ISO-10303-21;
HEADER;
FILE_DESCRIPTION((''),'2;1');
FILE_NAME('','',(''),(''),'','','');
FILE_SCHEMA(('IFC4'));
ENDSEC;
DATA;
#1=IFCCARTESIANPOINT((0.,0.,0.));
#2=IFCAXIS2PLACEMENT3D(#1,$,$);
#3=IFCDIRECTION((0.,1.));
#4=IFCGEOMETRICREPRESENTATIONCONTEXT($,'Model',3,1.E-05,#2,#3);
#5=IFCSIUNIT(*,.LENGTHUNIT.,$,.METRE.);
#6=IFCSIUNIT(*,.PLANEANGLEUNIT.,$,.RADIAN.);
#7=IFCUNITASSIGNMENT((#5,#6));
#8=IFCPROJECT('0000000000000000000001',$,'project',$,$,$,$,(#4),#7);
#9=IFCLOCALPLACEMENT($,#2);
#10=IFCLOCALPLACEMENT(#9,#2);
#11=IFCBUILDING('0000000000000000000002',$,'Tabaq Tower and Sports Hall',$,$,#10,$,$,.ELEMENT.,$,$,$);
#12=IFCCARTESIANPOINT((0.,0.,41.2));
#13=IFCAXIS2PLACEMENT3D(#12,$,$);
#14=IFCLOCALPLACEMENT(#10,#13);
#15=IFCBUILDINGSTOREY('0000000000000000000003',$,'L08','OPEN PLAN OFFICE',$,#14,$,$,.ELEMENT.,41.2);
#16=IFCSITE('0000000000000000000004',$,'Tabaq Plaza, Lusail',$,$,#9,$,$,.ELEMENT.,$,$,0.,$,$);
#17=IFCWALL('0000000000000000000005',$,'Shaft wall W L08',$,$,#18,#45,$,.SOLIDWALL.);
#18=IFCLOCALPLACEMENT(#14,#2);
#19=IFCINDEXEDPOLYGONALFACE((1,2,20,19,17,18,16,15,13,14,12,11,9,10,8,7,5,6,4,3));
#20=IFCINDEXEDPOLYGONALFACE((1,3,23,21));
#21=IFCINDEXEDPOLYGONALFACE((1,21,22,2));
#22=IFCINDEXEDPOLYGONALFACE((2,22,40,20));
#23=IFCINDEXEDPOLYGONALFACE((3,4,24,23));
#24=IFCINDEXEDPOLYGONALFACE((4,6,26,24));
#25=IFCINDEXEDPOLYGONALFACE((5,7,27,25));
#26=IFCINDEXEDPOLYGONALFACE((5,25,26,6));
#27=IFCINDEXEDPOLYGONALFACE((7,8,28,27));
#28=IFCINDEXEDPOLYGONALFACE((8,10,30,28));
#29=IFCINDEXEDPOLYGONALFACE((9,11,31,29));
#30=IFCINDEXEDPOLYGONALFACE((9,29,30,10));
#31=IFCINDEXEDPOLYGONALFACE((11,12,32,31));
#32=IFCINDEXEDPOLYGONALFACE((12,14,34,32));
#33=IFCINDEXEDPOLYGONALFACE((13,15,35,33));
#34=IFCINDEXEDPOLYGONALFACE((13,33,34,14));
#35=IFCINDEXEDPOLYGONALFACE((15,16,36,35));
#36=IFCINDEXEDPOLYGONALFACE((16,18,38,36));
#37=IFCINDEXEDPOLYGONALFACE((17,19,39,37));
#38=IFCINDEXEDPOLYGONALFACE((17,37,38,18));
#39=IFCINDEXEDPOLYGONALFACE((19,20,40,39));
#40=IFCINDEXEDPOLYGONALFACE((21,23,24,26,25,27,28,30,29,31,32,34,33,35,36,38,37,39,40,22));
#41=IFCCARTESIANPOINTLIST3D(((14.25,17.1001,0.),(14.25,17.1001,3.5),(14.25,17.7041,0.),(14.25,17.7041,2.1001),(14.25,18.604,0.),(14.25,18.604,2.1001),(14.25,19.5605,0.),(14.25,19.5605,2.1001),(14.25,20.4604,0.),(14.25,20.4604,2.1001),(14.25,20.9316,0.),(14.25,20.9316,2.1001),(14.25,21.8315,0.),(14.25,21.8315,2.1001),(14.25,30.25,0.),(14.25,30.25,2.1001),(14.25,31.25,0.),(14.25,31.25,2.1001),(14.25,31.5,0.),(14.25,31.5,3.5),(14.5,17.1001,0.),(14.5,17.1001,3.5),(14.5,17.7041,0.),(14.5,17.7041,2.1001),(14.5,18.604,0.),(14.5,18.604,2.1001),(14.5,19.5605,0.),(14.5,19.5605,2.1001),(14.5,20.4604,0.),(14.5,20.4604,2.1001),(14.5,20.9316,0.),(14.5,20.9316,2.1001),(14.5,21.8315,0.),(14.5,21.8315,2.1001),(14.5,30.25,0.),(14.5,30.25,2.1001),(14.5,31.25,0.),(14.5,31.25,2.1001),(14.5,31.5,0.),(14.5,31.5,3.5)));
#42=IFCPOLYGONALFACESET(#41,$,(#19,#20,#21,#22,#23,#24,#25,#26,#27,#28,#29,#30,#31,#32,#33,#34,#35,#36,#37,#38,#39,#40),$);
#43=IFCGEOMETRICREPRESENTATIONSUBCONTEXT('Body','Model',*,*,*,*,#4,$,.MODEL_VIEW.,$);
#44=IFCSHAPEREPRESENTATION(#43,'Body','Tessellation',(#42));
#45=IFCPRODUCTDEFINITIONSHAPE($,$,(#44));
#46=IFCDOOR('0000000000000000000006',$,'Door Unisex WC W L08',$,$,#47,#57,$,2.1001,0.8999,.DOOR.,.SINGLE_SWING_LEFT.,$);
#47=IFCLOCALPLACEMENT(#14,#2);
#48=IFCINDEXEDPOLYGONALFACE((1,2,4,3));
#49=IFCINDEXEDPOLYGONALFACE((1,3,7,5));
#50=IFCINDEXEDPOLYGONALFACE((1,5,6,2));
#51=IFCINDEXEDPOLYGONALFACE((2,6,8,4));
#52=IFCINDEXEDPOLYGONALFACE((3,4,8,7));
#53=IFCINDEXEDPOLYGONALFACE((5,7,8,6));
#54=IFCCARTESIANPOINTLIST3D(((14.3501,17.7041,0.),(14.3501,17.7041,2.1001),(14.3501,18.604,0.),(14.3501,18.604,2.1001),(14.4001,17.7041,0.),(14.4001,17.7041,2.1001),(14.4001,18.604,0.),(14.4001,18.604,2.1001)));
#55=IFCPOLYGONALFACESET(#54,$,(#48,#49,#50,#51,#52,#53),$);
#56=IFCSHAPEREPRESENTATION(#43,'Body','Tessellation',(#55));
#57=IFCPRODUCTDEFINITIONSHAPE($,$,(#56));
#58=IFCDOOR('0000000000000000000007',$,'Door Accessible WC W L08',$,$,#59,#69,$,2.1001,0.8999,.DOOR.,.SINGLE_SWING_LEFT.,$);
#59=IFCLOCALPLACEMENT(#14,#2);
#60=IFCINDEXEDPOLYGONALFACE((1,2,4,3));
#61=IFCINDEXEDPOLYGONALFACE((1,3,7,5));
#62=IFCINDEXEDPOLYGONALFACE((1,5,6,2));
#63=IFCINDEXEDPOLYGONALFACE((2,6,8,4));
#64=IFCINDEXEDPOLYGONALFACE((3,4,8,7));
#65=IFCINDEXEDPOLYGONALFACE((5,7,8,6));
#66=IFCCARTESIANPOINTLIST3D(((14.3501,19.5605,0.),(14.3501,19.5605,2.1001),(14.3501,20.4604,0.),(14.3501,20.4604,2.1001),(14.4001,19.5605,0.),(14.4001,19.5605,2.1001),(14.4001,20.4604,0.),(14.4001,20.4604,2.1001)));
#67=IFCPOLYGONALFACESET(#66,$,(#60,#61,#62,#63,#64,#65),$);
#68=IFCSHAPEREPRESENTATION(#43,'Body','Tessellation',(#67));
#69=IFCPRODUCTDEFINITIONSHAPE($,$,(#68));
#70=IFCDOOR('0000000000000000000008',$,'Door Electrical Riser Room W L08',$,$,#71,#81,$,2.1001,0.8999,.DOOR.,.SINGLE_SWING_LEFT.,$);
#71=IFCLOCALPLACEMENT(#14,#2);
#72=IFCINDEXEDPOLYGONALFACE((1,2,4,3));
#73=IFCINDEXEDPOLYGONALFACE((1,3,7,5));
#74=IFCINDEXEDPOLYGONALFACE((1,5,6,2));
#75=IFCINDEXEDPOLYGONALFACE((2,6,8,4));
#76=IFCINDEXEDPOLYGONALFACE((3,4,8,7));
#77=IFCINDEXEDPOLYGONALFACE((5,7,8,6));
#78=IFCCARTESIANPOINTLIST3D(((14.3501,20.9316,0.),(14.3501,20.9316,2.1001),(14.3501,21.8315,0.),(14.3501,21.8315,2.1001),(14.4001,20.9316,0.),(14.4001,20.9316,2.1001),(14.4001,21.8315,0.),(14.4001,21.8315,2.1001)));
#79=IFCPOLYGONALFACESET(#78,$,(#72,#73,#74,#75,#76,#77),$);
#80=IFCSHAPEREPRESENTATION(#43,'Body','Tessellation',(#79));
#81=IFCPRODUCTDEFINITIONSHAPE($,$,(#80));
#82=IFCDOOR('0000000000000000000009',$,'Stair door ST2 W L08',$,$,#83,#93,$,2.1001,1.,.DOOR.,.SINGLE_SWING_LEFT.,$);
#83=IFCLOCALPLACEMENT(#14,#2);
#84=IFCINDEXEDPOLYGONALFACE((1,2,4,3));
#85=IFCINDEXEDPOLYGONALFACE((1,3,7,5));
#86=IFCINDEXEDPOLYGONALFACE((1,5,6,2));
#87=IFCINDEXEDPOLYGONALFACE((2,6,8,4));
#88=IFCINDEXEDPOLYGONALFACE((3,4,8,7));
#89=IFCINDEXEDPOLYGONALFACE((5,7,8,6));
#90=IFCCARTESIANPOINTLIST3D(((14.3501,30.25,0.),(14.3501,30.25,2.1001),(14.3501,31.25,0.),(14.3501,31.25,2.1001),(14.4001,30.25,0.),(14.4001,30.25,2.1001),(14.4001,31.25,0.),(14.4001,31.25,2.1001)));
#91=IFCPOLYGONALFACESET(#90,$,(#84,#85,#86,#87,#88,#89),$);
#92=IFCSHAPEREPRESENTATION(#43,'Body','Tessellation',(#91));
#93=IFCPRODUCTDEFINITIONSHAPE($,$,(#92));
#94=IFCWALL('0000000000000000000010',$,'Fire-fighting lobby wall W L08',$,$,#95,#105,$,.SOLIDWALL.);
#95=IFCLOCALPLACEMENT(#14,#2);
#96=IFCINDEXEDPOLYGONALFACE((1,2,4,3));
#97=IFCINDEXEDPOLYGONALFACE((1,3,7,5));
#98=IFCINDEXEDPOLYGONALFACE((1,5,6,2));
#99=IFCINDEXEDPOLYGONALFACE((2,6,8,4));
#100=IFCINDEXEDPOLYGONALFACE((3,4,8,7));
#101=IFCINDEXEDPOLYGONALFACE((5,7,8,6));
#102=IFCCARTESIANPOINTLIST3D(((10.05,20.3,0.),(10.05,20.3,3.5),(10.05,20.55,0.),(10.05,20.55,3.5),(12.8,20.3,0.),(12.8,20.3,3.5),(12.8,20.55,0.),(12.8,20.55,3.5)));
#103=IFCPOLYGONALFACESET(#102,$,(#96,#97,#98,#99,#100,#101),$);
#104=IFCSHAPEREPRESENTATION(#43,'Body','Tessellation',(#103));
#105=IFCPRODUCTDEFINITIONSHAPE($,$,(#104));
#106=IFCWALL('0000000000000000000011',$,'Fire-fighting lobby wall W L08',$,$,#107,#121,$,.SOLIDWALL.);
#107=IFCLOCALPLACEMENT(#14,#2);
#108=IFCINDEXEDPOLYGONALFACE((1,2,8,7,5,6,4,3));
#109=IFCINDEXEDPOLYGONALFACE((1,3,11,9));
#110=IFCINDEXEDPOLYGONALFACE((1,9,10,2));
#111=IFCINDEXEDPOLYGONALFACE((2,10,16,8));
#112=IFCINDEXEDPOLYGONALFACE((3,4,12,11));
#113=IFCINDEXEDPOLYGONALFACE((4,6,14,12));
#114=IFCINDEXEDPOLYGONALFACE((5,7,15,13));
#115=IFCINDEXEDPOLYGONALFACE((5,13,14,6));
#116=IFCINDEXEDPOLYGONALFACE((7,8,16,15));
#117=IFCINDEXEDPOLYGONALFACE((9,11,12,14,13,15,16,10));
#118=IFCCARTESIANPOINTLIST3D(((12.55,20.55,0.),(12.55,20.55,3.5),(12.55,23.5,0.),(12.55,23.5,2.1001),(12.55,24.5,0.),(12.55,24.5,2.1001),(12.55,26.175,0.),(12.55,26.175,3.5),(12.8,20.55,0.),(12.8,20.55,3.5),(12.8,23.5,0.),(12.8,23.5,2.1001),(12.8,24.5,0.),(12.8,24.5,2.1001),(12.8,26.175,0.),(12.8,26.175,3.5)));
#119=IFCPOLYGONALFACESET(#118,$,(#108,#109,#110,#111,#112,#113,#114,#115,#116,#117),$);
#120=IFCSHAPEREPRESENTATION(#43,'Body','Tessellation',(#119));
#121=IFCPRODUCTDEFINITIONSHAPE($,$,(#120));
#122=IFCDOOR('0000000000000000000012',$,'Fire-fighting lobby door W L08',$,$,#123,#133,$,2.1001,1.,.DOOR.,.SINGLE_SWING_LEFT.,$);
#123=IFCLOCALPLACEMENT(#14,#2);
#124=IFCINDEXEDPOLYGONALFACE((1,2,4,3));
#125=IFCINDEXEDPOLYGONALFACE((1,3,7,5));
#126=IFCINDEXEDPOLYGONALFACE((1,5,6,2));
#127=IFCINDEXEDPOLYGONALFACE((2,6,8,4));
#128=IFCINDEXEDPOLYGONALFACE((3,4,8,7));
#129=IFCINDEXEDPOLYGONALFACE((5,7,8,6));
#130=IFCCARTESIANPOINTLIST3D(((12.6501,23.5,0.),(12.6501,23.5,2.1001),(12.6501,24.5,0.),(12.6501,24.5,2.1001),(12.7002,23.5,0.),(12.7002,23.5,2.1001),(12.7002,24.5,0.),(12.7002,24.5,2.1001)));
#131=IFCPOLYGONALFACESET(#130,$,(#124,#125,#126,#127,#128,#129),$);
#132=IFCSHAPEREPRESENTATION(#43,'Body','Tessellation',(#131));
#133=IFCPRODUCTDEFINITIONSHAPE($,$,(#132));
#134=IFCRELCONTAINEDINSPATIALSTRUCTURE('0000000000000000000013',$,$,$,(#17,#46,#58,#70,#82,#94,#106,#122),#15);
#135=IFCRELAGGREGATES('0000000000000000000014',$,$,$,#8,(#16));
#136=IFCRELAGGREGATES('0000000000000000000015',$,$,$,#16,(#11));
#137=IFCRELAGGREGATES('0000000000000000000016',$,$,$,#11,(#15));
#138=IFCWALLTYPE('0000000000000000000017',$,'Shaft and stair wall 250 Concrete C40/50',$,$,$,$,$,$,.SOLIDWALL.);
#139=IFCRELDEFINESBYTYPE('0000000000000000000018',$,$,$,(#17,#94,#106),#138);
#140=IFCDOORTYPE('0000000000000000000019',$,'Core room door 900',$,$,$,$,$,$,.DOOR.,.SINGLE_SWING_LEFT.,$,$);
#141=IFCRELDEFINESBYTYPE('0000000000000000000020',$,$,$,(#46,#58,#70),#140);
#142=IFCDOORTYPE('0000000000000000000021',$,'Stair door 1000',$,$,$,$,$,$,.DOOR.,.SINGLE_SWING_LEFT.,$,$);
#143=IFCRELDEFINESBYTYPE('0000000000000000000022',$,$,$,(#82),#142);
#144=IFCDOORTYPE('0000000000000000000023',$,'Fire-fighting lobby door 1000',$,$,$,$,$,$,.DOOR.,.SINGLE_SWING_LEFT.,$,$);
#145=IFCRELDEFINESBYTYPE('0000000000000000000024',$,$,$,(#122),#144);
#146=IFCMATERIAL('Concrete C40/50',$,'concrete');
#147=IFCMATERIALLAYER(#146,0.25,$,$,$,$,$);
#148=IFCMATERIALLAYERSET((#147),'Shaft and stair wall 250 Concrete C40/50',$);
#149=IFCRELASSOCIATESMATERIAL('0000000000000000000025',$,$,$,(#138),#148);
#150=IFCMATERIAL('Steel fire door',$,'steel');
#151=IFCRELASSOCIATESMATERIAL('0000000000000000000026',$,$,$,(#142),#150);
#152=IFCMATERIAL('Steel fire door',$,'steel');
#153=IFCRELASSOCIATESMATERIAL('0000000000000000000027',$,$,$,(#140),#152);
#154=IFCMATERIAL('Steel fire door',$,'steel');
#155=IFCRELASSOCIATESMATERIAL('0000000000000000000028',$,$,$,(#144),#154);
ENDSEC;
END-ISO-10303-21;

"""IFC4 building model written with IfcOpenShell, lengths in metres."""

from ifc_helpers import new_model, si_unit, direction, frame, frame_2d, origin, place, context, subcontext, project, spatial, rectangle, extrude, material, layer, layer_set, type_object, element, fill, save


model = new_model("IFC4")

# Units and contexts
model_context = context("Model", 3, precision=1e-05, world=origin(), true_north=direction((0.0, 1.0)))
body_context = subcontext(model_context, "Body", "Model", "MODEL_VIEW")
ifc_project = project(units=[si_unit("LENGTHUNIT", "METRE"), si_unit("PLANEANGLEUNIT", "RADIAN")], contexts=[model_context])

# Site, building, storey
site_placement = place(None, origin())
site = spatial("IfcSite", under=ifc_project, at=site_placement, Name="Tabaq Plaza, Lusail", CompositionType="ELEMENT", RefElevation=0.0)
building_placement = place(site_placement, origin())
building = spatial("IfcBuilding", under=site, at=building_placement, Name="Tabaq Tower and Sports Hall", CompositionType="ELEMENT")
storey_placement = place(building_placement, frame((0.0, 0.0, 41.2)))
storey = spatial("IfcBuildingStorey", under=building, at=storey_placement, Name="L08", Description="OPEN PLAN OFFICE", CompositionType="ELEMENT", Elevation=41.2)

# Wall, openings, doors
ifc_material_1 = material(Name="Concrete C40/50", Category="concrete")
ifc_layer_1 = layer(ifc_material_1, 0.25)
ifc_layer_set_1 = layer_set([ifc_layer_1], Name="Shaft and stair wall 250 Concrete C40/50")
wall_type_1 = type_object("IfcWallType", Name="Shaft and stair wall 250 Concrete C40/50", PredefinedType="SOLIDWALL", material=ifc_layer_set_1)
ifc_material_2 = material(Name="Steel fire door", Category="steel")
door_type_1 = type_object("IfcDoorType", Name="Stair door 1000", OperationType="SINGLE_SWING_LEFT", PredefinedType="DOOR", material=ifc_material_2)
wall_1_placement = place(storey_placement, frame((14.375, 17.1001, 0.0), z_axis=(0.0, 0.0, 1.0), x_axis=(0.0, 1.0, 0.0)))
wall_1 = element("IfcWall", 1, at=wall_1_placement, inside=storey, type_object=wall_type_1, Name="Shaft wall W L08", PredefinedType="SOLIDWALL", context=body_context, shape_type="SweptSolid", body=[
    extrude(rectangle(XDim=14.3999, YDim=0.25, at=frame_2d((7.2, 0.0))), origin(), (0.0, 0.0, 1.0), 3.5),
])
opening_1_placement = place(wall_1_placement, frame((13.1499, 0.0, 0.0)))
opening_1 = element("IfcOpeningElement", 2, at=opening_1_placement, cuts=wall_1, PredefinedType="OPENING", context=body_context, shape_type="SweptSolid", body=[
    extrude(rectangle(XDim=1.0, YDim=2.1001, at=frame_2d((0.5, 1.05))), frame((0.0, 0.125, 0.0), z_axis=(0.0, -1.0, 0.0), x_axis=(1.0, 0.0, 0.0)), (0.0, 0.0, 1.0), 0.25),
])
opening_2_placement = place(wall_1_placement, frame((0.604, 0.0, 0.0)))
opening_2 = element("IfcOpeningElement", 3, at=opening_2_placement, cuts=wall_1, PredefinedType="OPENING", context=body_context, shape_type="SweptSolid", body=[
    extrude(rectangle(XDim=0.8999, YDim=2.1001, at=frame_2d((0.45, 1.05))), frame((0.0, 0.125, 0.0), z_axis=(0.0, -1.0, 0.0), x_axis=(1.0, 0.0, 0.0)), (0.0, 0.0, 1.0), 0.25),
])
opening_3_placement = place(wall_1_placement, frame((2.4604, 0.0, 0.0)))
opening_3 = element("IfcOpeningElement", 4, at=opening_3_placement, cuts=wall_1, PredefinedType="OPENING", context=body_context, shape_type="SweptSolid", body=[
    extrude(rectangle(XDim=0.8999, YDim=2.1001, at=frame_2d((0.45, 1.05))), frame((0.0, 0.125, 0.0), z_axis=(0.0, -1.0, 0.0), x_axis=(1.0, 0.0, 0.0)), (0.0, 0.0, 1.0), 0.25),
])
opening_4_placement = place(wall_1_placement, frame((3.8315, 0.0, 0.0)))
opening_4 = element("IfcOpeningElement", 5, at=opening_4_placement, cuts=wall_1, PredefinedType="OPENING", context=body_context, shape_type="SweptSolid", body=[
    extrude(rectangle(XDim=0.8999, YDim=2.1001, at=frame_2d((0.45, 1.05))), frame((0.0, 0.125, 0.0), z_axis=(0.0, -1.0, 0.0), x_axis=(1.0, 0.0, 0.0)), (0.0, 0.0, 1.0), 0.25),
])
ifc_material_3 = material(Name="Steel fire door", Category="steel")
door_type_2 = type_object("IfcDoorType", Name="Core room door 900", OperationType="SINGLE_SWING_LEFT", PredefinedType="DOOR", material=ifc_material_3)
door_1_placement = place(opening_2_placement, origin())
door_1 = element("IfcDoor", 6, at=door_1_placement, inside=storey, type_object=door_type_2, Name="Door Unisex WC W L08", OperationType="SINGLE_SWING_LEFT", OverallHeight=2.1001, OverallWidth=0.8999, PredefinedType="DOOR", context=body_context, shape_type="SweptSolid", body=[
    extrude(rectangle(XDim=0.8999, YDim=2.1001, at=frame_2d((0.45, 1.05))), frame((0.0, 0.0249, 0.0), z_axis=(0.0, -1.0, 0.0), x_axis=(1.0, 0.0, 0.0)), (0.0, 0.0, 1.0), 0.05),
])
fill(opening_2, door_1)
door_2_placement = place(opening_3_placement, origin())
door_2 = element("IfcDoor", 7, at=door_2_placement, inside=storey, type_object=door_type_2, Name="Door Accessible WC W L08", OperationType="SINGLE_SWING_LEFT", OverallHeight=2.1001, OverallWidth=0.8999, PredefinedType="DOOR", context=body_context, shape_type="SweptSolid", body=[
    extrude(rectangle(XDim=0.8999, YDim=2.1001, at=frame_2d((0.45, 1.05))), frame((0.0, 0.0249, 0.0), z_axis=(0.0, -1.0, 0.0), x_axis=(1.0, 0.0, 0.0)), (0.0, 0.0, 1.0), 0.05),
])
fill(opening_3, door_2)
door_3_placement = place(opening_4_placement, origin())
door_3 = element("IfcDoor", 8, at=door_3_placement, inside=storey, type_object=door_type_2, Name="Door Electrical Riser Room W L08", OperationType="SINGLE_SWING_LEFT", OverallHeight=2.1001, OverallWidth=0.8999, PredefinedType="DOOR", context=body_context, shape_type="SweptSolid", body=[
    extrude(rectangle(XDim=0.8999, YDim=2.1001, at=frame_2d((0.45, 1.05))), frame((0.0, 0.0249, 0.0), z_axis=(0.0, -1.0, 0.0), x_axis=(1.0, 0.0, 0.0)), (0.0, 0.0, 1.0), 0.05),
])
fill(opening_4, door_3)
door_4_placement = place(opening_1_placement, origin())
door_4 = element("IfcDoor", 9, at=door_4_placement, inside=storey, type_object=door_type_1, Name="Stair door ST2 W L08", OperationType="SINGLE_SWING_LEFT", OverallHeight=2.1001, OverallWidth=1.0, PredefinedType="DOOR", context=body_context, shape_type="SweptSolid", body=[
    extrude(rectangle(XDim=1.0, YDim=2.1001, at=frame_2d((0.5, 1.05))), frame((0.0, 0.0249, 0.0), z_axis=(0.0, -1.0, 0.0), x_axis=(1.0, 0.0, 0.0)), (0.0, 0.0, 1.0), 0.05),
])
fill(opening_1, door_4)

# Wall
wall_2_placement = place(storey_placement, frame((10.05, 20.425, 0.0), z_axis=(0.0, 0.0, 1.0), x_axis=(1.0, 0.0, 0.0)))
element("IfcWall", 10, at=wall_2_placement, inside=storey, type_object=wall_type_1, Name="Fire-fighting lobby wall W L08", PredefinedType="SOLIDWALL", context=body_context, shape_type="SweptSolid", body=[
    extrude(rectangle(XDim=2.75, YDim=0.25, at=frame_2d((1.375, 0.0))), origin(), (0.0, 0.0, 1.0), 3.5),
])

# Wall, opening, door
wall_3_placement = place(storey_placement, frame((12.675, 20.55, 0.0), z_axis=(0.0, 0.0, 1.0), x_axis=(0.0, 1.0, 0.0)))
wall_3 = element("IfcWall", 11, at=wall_3_placement, inside=storey, type_object=wall_type_1, Name="Fire-fighting lobby wall W L08", PredefinedType="SOLIDWALL", context=body_context, shape_type="SweptSolid", body=[
    extrude(rectangle(XDim=5.625, YDim=0.25, at=frame_2d((2.8125, 0.0))), origin(), (0.0, 0.0, 1.0), 3.5),
])
opening_5_placement = place(wall_3_placement, frame((2.95, 0.0, 0.0)))
opening_5 = element("IfcOpeningElement", 12, at=opening_5_placement, cuts=wall_3, PredefinedType="OPENING", context=body_context, shape_type="SweptSolid", body=[
    extrude(rectangle(XDim=1.0, YDim=2.1001, at=frame_2d((0.5, 1.05))), frame((0.0, 0.125, 0.0), z_axis=(0.0, -1.0, 0.0), x_axis=(1.0, 0.0, 0.0)), (0.0, 0.0, 1.0), 0.25),
])
ifc_material_4 = material(Name="Steel fire door", Category="steel")
door_type_3 = type_object("IfcDoorType", Name="Fire-fighting lobby door 1000", OperationType="SINGLE_SWING_LEFT", PredefinedType="DOOR", material=ifc_material_4)
door_5_placement = place(opening_5_placement, origin())
door_5 = element("IfcDoor", 13, at=door_5_placement, inside=storey, type_object=door_type_3, Name="Fire-fighting lobby door W L08", OperationType="SINGLE_SWING_LEFT", OverallHeight=2.1001, OverallWidth=1.0, PredefinedType="DOOR", context=body_context, shape_type="SweptSolid", body=[
    extrude(rectangle(XDim=1.0, YDim=2.1001, at=frame_2d((0.5, 1.05))), frame((0.0, 0.0249, 0.0), z_axis=(0.0, -1.0, 0.0), x_axis=(1.0, 0.0, 0.0)), (0.0, 0.0, 1.0), 0.05),
])
fill(opening_5, door_5)

save(model, "model.ifc")
